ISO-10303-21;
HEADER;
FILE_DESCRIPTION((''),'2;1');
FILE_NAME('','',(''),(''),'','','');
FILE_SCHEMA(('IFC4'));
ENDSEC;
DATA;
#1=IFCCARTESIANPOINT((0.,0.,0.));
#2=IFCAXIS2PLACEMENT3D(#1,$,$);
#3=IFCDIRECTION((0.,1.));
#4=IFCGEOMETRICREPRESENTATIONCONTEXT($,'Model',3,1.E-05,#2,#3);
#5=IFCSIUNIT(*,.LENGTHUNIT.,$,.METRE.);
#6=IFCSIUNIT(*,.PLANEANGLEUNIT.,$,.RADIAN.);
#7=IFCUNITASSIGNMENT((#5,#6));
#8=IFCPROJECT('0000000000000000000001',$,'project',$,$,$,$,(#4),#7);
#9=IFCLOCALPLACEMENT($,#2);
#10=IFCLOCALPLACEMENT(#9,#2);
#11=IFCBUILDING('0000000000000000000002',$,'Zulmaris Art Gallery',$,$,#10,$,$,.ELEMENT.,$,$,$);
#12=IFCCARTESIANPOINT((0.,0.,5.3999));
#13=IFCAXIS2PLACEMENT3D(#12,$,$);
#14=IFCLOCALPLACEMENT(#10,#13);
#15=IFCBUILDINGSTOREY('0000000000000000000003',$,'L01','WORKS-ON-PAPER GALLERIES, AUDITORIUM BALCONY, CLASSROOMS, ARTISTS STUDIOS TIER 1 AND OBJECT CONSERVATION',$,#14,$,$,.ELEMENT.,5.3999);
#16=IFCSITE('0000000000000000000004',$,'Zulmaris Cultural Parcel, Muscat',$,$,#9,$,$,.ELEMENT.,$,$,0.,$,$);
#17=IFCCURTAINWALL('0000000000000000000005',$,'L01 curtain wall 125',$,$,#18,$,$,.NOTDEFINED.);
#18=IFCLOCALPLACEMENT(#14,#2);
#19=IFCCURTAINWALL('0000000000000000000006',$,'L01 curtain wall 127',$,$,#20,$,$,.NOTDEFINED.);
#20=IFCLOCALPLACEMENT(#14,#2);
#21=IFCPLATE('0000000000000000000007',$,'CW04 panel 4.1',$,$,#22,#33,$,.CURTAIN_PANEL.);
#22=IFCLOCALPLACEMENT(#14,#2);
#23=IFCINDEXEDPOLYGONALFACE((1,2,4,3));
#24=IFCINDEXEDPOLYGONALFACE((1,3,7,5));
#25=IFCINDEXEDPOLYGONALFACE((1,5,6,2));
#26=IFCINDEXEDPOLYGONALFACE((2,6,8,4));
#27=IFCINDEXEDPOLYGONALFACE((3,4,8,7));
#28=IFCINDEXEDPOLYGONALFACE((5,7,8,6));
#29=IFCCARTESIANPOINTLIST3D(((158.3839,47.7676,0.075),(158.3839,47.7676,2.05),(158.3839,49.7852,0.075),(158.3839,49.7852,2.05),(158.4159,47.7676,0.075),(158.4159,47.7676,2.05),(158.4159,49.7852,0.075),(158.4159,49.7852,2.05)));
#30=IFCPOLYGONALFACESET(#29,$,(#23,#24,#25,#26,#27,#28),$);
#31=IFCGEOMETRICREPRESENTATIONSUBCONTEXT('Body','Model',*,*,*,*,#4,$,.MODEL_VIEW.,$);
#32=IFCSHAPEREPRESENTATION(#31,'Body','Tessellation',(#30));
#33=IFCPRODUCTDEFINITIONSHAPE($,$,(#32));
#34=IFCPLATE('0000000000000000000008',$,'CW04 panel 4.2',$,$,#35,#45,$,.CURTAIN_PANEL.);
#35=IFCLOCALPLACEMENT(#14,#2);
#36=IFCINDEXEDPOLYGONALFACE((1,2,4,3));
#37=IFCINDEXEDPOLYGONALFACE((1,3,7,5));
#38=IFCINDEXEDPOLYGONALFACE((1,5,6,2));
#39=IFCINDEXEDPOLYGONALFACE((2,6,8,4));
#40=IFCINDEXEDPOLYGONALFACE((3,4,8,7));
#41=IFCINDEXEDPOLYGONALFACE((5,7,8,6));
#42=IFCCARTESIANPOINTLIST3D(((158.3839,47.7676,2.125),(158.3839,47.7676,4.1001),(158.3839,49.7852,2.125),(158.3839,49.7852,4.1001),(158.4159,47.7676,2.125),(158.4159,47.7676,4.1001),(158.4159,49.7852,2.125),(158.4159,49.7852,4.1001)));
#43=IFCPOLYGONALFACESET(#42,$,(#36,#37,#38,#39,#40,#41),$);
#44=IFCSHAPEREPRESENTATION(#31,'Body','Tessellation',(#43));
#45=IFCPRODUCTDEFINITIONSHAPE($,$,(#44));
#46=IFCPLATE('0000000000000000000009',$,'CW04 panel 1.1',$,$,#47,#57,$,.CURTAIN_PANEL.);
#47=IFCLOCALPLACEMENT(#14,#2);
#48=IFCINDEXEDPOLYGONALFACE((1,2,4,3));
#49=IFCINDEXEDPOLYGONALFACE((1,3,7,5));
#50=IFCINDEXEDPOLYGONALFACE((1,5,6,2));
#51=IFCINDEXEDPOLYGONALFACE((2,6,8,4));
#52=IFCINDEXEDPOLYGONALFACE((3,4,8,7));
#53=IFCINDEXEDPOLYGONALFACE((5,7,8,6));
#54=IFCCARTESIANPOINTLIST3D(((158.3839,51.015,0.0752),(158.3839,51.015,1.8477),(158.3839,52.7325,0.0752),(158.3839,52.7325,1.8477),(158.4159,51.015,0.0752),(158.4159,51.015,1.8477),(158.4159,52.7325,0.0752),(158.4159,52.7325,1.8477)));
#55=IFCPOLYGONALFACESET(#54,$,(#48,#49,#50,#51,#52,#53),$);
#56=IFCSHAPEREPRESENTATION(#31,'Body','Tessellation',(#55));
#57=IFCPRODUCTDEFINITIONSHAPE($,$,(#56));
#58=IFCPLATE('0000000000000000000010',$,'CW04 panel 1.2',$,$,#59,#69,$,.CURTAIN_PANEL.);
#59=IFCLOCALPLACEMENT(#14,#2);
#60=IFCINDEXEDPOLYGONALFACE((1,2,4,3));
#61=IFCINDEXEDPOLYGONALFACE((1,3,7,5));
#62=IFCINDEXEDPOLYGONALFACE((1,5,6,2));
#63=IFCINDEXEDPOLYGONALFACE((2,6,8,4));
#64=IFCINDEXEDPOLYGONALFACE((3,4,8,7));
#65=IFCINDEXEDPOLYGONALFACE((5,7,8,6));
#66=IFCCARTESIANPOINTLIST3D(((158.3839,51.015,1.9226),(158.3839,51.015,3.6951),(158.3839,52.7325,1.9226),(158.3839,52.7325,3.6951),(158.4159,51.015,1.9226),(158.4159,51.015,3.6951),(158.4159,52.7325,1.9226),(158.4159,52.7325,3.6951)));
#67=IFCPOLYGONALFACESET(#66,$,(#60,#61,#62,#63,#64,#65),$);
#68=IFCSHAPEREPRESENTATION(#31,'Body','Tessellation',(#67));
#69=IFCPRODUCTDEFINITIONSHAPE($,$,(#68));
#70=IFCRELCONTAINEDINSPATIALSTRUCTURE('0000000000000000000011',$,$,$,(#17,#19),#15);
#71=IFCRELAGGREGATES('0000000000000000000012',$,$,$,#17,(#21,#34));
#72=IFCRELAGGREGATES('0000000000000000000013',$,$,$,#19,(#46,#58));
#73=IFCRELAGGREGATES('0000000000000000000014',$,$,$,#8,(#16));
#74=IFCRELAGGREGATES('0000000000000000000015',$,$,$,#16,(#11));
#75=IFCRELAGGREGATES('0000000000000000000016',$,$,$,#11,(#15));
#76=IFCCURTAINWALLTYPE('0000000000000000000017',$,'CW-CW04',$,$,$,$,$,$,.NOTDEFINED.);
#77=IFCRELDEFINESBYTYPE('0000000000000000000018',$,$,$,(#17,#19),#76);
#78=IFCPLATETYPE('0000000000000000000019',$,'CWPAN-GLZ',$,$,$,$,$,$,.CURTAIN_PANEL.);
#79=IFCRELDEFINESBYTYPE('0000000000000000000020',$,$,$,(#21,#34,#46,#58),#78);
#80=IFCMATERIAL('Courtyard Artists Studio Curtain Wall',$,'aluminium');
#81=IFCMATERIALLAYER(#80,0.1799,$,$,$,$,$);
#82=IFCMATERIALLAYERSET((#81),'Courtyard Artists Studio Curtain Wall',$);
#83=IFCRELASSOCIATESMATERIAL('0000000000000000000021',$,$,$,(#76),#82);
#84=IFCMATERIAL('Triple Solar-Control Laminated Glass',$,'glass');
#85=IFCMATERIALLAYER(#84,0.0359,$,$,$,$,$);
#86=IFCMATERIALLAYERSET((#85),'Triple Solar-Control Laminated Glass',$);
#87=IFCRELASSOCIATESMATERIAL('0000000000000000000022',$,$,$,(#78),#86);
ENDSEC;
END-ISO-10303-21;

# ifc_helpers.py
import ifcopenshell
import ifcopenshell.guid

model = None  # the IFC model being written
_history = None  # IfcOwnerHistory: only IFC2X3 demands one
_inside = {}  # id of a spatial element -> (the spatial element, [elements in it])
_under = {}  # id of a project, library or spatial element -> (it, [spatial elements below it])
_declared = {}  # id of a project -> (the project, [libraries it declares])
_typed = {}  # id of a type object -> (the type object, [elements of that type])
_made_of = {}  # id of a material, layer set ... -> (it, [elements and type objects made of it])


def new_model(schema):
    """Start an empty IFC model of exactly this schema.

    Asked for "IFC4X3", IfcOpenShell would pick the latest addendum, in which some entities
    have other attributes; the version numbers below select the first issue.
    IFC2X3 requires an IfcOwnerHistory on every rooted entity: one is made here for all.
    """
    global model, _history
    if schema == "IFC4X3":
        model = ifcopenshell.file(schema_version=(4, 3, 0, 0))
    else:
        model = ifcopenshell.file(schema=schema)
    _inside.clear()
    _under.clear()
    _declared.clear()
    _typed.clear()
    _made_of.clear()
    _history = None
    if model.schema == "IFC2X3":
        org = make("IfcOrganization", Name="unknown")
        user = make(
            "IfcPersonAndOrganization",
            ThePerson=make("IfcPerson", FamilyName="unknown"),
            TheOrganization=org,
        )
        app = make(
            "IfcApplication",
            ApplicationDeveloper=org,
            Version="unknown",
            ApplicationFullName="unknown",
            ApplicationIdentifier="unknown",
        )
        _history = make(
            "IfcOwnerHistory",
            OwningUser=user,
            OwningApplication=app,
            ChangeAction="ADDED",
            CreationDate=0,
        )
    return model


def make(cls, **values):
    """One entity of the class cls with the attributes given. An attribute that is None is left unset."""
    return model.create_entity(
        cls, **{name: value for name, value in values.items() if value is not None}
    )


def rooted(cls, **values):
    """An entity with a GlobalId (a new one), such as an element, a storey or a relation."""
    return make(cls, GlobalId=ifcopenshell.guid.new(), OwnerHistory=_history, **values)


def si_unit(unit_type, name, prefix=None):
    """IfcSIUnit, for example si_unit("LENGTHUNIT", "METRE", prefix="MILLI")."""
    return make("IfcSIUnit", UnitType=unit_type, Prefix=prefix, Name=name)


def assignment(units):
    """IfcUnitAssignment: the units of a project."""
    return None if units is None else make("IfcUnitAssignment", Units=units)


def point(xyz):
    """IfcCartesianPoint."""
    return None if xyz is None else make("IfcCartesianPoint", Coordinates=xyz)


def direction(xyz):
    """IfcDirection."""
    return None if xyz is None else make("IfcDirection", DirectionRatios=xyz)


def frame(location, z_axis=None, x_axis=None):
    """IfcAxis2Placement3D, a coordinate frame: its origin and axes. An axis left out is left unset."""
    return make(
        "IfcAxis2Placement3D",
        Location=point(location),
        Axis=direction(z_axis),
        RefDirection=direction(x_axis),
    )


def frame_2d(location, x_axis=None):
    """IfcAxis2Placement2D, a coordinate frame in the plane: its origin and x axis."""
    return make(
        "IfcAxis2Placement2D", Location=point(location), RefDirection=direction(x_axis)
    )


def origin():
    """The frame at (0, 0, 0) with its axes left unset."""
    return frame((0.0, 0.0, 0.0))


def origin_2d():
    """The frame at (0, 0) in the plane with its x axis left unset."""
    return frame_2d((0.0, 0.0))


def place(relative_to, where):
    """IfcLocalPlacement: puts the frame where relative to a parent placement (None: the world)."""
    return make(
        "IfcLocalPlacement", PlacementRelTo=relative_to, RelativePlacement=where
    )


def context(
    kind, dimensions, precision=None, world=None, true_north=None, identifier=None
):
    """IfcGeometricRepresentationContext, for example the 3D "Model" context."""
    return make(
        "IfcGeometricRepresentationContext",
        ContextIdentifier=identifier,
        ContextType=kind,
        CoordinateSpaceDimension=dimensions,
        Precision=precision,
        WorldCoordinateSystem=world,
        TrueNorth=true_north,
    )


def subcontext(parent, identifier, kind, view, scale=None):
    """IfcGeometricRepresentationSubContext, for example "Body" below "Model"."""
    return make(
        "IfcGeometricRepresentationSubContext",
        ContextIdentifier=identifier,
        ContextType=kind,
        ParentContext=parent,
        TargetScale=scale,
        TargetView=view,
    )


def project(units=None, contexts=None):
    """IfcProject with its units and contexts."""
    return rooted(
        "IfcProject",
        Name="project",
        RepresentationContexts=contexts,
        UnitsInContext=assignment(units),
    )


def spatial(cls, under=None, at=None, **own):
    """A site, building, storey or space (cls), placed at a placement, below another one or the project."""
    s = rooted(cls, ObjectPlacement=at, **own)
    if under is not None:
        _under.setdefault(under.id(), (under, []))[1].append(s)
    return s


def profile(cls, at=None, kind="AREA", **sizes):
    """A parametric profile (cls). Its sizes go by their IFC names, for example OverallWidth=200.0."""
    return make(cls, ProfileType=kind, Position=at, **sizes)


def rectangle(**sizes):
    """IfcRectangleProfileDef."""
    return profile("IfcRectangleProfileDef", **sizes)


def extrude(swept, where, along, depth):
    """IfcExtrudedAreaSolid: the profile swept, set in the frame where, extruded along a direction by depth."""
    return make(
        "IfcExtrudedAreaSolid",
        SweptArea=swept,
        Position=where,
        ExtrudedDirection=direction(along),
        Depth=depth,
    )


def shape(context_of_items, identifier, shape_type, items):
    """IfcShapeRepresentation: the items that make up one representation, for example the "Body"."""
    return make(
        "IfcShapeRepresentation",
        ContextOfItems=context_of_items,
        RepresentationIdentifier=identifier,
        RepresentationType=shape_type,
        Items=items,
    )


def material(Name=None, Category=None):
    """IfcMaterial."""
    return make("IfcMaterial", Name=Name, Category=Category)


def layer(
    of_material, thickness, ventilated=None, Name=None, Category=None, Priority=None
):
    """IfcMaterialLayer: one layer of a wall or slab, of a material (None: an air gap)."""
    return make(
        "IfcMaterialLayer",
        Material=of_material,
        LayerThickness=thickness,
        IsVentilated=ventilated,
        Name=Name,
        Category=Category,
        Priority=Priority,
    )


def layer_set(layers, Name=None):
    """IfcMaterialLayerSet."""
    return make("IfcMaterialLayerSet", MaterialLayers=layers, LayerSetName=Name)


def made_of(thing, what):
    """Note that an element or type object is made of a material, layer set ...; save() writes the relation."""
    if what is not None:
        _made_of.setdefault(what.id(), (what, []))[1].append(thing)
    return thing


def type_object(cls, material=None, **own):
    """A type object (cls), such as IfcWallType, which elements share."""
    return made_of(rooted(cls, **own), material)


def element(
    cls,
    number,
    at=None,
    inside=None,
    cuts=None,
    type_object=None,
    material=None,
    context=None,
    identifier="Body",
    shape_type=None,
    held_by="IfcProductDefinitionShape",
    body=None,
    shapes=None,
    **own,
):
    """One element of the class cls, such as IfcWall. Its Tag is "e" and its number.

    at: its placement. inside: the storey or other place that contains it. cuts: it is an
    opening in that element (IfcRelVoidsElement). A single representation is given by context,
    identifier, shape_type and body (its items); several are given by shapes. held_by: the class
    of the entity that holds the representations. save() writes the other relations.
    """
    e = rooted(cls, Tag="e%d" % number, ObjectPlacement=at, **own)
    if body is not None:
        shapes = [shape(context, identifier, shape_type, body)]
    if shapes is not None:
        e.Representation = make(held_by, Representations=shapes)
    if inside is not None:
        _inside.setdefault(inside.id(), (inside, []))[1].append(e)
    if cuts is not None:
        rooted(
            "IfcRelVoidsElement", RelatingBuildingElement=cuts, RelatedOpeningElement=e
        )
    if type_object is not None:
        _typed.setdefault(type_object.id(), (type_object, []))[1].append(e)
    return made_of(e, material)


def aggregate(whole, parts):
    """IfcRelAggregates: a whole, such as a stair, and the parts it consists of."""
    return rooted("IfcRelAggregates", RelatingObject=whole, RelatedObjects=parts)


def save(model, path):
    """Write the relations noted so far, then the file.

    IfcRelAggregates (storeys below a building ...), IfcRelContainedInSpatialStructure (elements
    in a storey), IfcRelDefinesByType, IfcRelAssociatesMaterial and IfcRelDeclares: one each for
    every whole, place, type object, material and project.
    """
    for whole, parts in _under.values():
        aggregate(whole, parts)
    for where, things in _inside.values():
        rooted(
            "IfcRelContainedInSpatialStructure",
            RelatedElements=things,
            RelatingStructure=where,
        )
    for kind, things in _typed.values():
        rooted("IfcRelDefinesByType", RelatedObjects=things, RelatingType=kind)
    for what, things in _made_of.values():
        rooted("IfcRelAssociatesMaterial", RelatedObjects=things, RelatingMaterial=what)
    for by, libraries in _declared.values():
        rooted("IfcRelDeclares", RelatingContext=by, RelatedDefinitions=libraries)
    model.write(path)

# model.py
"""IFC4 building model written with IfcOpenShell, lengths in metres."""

from ifc_helpers import new_model, si_unit, direction, frame, origin, origin_2d, place, context, subcontext, project, spatial, rectangle, extrude, material, layer, layer_set, type_object, element, aggregate, save


model = new_model("IFC4")

# Units and contexts
model_context = context("Model", 3, precision=1e-05, world=origin(), true_north=direction((0.0, 1.0)))
body_context = subcontext(model_context, "Body", "Model", "MODEL_VIEW")
ifc_project = project(units=[si_unit("LENGTHUNIT", "METRE"), si_unit("PLANEANGLEUNIT", "RADIAN")], contexts=[model_context])

# Site, building, storey
site_placement = place(None, origin())
site = spatial("IfcSite", under=ifc_project, at=site_placement, Name="Zulmaris Cultural Parcel, Muscat", CompositionType="ELEMENT", RefElevation=0.0)
building_placement = place(site_placement, origin())
building = spatial("IfcBuilding", under=site, at=building_placement, Name="Zulmaris Art Gallery", CompositionType="ELEMENT")
storey_placement = place(building_placement, frame((0.0, 0.0, 5.3999)))
storey = spatial("IfcBuildingStorey", under=building, at=storey_placement, Name="L01", Description="WORKS-ON-PAPER GALLERIES, AUDITORIUM BALCONY, CLASSROOMS, ARTISTS STUDIOS TIER 1 AND OBJECT CONSERVATION", CompositionType="ELEMENT", Elevation=5.3999)

# Curtain walls
ifc_material_1 = material(Name="Courtyard Artists Studio Curtain Wall", Category="aluminium")
ifc_layer_1 = layer(ifc_material_1, 0.1799)
ifc_layer_set_1 = layer_set([ifc_layer_1], Name="Courtyard Artists Studio Curtain Wall")
curtain_wall_type = type_object("IfcCurtainWallType", Name="CW-CW04", PredefinedType="NOTDEFINED", material=ifc_layer_set_1)
curtain_wall_1_placement = place(storey_placement, origin())
curtain_wall_1 = element("IfcCurtainWall", 1, at=curtain_wall_1_placement, inside=storey, type_object=curtain_wall_type, Name="L01 curtain wall 125", PredefinedType="NOTDEFINED")
curtain_wall_2_placement = place(storey_placement, origin())
curtain_wall_2 = element("IfcCurtainWall", 2, at=curtain_wall_2_placement, inside=storey, type_object=curtain_wall_type, Name="L01 curtain wall 127", PredefinedType="NOTDEFINED")

# Plates
ifc_material_2 = material(Name="Triple Solar-Control Laminated Glass", Category="glass")
ifc_layer_2 = layer(ifc_material_2, 0.0359)
ifc_layer_set_2 = layer_set([ifc_layer_2], Name="Triple Solar-Control Laminated Glass")
plate_type = type_object("IfcPlateType", Name="CWPAN-GLZ", PredefinedType="CURTAIN_PANEL", material=ifc_layer_set_2)
plate_1_placement = place(storey_placement, frame((158.3999, 48.7764, 0.075), z_axis=(0.0, 0.0, 1.0), x_axis=(0.0, 1.0, 0.0)))
plate_1 = element("IfcPlate", 3, at=plate_1_placement, type_object=plate_type, Name="CW04 panel 4.1", PredefinedType="CURTAIN_PANEL", context=body_context, shape_type="SweptSolid", body=[
    extrude(rectangle(XDim=2.0176, YDim=0.032, at=origin_2d()), origin(), (0.0, 0.0, 1.0), 1.9751),
])
plate_2_placement = place(storey_placement, frame((158.3999, 48.7764, 2.125), z_axis=(0.0, 0.0, 1.0), x_axis=(0.0, 1.0, 0.0)))
plate_2 = element("IfcPlate", 4, at=plate_2_placement, type_object=plate_type, Name="CW04 panel 4.2", PredefinedType="CURTAIN_PANEL", context=body_context, shape_type="SweptSolid", body=[
    extrude(rectangle(XDim=2.0176, YDim=0.032, at=origin_2d()), origin(), (0.0, 0.0, 1.0), 1.9751),
])
aggregate(curtain_wall_1, [plate_1, plate_2])
plate_3_placement = place(storey_placement, frame((158.3999, 51.8738, 0.0752), z_axis=(0.0, 0.0, 1.0), x_axis=(0.0, 1.0, 0.0)))
plate_3 = element("IfcPlate", 5, at=plate_3_placement, type_object=plate_type, Name="CW04 panel 1.1", PredefinedType="CURTAIN_PANEL", context=body_context, shape_type="SweptSolid", body=[
    extrude(rectangle(XDim=1.7175, YDim=0.032, at=origin_2d()), origin(), (0.0, 0.0, 1.0), 1.7725),
])
plate_4_placement = place(storey_placement, frame((158.3999, 51.8738, 1.9226), z_axis=(0.0, 0.0, 1.0), x_axis=(0.0, 1.0, 0.0)))
plate_4 = element("IfcPlate", 6, at=plate_4_placement, type_object=plate_type, Name="CW04 panel 1.2", PredefinedType="CURTAIN_PANEL", context=body_context, shape_type="SweptSolid", body=[
    extrude(rectangle(XDim=1.7175, YDim=0.032, at=origin_2d()), origin(), (0.0, 0.0, 1.0), 1.7725),
])
aggregate(curtain_wall_2, [plate_3, plate_4])

save(model, "model.ifc")
